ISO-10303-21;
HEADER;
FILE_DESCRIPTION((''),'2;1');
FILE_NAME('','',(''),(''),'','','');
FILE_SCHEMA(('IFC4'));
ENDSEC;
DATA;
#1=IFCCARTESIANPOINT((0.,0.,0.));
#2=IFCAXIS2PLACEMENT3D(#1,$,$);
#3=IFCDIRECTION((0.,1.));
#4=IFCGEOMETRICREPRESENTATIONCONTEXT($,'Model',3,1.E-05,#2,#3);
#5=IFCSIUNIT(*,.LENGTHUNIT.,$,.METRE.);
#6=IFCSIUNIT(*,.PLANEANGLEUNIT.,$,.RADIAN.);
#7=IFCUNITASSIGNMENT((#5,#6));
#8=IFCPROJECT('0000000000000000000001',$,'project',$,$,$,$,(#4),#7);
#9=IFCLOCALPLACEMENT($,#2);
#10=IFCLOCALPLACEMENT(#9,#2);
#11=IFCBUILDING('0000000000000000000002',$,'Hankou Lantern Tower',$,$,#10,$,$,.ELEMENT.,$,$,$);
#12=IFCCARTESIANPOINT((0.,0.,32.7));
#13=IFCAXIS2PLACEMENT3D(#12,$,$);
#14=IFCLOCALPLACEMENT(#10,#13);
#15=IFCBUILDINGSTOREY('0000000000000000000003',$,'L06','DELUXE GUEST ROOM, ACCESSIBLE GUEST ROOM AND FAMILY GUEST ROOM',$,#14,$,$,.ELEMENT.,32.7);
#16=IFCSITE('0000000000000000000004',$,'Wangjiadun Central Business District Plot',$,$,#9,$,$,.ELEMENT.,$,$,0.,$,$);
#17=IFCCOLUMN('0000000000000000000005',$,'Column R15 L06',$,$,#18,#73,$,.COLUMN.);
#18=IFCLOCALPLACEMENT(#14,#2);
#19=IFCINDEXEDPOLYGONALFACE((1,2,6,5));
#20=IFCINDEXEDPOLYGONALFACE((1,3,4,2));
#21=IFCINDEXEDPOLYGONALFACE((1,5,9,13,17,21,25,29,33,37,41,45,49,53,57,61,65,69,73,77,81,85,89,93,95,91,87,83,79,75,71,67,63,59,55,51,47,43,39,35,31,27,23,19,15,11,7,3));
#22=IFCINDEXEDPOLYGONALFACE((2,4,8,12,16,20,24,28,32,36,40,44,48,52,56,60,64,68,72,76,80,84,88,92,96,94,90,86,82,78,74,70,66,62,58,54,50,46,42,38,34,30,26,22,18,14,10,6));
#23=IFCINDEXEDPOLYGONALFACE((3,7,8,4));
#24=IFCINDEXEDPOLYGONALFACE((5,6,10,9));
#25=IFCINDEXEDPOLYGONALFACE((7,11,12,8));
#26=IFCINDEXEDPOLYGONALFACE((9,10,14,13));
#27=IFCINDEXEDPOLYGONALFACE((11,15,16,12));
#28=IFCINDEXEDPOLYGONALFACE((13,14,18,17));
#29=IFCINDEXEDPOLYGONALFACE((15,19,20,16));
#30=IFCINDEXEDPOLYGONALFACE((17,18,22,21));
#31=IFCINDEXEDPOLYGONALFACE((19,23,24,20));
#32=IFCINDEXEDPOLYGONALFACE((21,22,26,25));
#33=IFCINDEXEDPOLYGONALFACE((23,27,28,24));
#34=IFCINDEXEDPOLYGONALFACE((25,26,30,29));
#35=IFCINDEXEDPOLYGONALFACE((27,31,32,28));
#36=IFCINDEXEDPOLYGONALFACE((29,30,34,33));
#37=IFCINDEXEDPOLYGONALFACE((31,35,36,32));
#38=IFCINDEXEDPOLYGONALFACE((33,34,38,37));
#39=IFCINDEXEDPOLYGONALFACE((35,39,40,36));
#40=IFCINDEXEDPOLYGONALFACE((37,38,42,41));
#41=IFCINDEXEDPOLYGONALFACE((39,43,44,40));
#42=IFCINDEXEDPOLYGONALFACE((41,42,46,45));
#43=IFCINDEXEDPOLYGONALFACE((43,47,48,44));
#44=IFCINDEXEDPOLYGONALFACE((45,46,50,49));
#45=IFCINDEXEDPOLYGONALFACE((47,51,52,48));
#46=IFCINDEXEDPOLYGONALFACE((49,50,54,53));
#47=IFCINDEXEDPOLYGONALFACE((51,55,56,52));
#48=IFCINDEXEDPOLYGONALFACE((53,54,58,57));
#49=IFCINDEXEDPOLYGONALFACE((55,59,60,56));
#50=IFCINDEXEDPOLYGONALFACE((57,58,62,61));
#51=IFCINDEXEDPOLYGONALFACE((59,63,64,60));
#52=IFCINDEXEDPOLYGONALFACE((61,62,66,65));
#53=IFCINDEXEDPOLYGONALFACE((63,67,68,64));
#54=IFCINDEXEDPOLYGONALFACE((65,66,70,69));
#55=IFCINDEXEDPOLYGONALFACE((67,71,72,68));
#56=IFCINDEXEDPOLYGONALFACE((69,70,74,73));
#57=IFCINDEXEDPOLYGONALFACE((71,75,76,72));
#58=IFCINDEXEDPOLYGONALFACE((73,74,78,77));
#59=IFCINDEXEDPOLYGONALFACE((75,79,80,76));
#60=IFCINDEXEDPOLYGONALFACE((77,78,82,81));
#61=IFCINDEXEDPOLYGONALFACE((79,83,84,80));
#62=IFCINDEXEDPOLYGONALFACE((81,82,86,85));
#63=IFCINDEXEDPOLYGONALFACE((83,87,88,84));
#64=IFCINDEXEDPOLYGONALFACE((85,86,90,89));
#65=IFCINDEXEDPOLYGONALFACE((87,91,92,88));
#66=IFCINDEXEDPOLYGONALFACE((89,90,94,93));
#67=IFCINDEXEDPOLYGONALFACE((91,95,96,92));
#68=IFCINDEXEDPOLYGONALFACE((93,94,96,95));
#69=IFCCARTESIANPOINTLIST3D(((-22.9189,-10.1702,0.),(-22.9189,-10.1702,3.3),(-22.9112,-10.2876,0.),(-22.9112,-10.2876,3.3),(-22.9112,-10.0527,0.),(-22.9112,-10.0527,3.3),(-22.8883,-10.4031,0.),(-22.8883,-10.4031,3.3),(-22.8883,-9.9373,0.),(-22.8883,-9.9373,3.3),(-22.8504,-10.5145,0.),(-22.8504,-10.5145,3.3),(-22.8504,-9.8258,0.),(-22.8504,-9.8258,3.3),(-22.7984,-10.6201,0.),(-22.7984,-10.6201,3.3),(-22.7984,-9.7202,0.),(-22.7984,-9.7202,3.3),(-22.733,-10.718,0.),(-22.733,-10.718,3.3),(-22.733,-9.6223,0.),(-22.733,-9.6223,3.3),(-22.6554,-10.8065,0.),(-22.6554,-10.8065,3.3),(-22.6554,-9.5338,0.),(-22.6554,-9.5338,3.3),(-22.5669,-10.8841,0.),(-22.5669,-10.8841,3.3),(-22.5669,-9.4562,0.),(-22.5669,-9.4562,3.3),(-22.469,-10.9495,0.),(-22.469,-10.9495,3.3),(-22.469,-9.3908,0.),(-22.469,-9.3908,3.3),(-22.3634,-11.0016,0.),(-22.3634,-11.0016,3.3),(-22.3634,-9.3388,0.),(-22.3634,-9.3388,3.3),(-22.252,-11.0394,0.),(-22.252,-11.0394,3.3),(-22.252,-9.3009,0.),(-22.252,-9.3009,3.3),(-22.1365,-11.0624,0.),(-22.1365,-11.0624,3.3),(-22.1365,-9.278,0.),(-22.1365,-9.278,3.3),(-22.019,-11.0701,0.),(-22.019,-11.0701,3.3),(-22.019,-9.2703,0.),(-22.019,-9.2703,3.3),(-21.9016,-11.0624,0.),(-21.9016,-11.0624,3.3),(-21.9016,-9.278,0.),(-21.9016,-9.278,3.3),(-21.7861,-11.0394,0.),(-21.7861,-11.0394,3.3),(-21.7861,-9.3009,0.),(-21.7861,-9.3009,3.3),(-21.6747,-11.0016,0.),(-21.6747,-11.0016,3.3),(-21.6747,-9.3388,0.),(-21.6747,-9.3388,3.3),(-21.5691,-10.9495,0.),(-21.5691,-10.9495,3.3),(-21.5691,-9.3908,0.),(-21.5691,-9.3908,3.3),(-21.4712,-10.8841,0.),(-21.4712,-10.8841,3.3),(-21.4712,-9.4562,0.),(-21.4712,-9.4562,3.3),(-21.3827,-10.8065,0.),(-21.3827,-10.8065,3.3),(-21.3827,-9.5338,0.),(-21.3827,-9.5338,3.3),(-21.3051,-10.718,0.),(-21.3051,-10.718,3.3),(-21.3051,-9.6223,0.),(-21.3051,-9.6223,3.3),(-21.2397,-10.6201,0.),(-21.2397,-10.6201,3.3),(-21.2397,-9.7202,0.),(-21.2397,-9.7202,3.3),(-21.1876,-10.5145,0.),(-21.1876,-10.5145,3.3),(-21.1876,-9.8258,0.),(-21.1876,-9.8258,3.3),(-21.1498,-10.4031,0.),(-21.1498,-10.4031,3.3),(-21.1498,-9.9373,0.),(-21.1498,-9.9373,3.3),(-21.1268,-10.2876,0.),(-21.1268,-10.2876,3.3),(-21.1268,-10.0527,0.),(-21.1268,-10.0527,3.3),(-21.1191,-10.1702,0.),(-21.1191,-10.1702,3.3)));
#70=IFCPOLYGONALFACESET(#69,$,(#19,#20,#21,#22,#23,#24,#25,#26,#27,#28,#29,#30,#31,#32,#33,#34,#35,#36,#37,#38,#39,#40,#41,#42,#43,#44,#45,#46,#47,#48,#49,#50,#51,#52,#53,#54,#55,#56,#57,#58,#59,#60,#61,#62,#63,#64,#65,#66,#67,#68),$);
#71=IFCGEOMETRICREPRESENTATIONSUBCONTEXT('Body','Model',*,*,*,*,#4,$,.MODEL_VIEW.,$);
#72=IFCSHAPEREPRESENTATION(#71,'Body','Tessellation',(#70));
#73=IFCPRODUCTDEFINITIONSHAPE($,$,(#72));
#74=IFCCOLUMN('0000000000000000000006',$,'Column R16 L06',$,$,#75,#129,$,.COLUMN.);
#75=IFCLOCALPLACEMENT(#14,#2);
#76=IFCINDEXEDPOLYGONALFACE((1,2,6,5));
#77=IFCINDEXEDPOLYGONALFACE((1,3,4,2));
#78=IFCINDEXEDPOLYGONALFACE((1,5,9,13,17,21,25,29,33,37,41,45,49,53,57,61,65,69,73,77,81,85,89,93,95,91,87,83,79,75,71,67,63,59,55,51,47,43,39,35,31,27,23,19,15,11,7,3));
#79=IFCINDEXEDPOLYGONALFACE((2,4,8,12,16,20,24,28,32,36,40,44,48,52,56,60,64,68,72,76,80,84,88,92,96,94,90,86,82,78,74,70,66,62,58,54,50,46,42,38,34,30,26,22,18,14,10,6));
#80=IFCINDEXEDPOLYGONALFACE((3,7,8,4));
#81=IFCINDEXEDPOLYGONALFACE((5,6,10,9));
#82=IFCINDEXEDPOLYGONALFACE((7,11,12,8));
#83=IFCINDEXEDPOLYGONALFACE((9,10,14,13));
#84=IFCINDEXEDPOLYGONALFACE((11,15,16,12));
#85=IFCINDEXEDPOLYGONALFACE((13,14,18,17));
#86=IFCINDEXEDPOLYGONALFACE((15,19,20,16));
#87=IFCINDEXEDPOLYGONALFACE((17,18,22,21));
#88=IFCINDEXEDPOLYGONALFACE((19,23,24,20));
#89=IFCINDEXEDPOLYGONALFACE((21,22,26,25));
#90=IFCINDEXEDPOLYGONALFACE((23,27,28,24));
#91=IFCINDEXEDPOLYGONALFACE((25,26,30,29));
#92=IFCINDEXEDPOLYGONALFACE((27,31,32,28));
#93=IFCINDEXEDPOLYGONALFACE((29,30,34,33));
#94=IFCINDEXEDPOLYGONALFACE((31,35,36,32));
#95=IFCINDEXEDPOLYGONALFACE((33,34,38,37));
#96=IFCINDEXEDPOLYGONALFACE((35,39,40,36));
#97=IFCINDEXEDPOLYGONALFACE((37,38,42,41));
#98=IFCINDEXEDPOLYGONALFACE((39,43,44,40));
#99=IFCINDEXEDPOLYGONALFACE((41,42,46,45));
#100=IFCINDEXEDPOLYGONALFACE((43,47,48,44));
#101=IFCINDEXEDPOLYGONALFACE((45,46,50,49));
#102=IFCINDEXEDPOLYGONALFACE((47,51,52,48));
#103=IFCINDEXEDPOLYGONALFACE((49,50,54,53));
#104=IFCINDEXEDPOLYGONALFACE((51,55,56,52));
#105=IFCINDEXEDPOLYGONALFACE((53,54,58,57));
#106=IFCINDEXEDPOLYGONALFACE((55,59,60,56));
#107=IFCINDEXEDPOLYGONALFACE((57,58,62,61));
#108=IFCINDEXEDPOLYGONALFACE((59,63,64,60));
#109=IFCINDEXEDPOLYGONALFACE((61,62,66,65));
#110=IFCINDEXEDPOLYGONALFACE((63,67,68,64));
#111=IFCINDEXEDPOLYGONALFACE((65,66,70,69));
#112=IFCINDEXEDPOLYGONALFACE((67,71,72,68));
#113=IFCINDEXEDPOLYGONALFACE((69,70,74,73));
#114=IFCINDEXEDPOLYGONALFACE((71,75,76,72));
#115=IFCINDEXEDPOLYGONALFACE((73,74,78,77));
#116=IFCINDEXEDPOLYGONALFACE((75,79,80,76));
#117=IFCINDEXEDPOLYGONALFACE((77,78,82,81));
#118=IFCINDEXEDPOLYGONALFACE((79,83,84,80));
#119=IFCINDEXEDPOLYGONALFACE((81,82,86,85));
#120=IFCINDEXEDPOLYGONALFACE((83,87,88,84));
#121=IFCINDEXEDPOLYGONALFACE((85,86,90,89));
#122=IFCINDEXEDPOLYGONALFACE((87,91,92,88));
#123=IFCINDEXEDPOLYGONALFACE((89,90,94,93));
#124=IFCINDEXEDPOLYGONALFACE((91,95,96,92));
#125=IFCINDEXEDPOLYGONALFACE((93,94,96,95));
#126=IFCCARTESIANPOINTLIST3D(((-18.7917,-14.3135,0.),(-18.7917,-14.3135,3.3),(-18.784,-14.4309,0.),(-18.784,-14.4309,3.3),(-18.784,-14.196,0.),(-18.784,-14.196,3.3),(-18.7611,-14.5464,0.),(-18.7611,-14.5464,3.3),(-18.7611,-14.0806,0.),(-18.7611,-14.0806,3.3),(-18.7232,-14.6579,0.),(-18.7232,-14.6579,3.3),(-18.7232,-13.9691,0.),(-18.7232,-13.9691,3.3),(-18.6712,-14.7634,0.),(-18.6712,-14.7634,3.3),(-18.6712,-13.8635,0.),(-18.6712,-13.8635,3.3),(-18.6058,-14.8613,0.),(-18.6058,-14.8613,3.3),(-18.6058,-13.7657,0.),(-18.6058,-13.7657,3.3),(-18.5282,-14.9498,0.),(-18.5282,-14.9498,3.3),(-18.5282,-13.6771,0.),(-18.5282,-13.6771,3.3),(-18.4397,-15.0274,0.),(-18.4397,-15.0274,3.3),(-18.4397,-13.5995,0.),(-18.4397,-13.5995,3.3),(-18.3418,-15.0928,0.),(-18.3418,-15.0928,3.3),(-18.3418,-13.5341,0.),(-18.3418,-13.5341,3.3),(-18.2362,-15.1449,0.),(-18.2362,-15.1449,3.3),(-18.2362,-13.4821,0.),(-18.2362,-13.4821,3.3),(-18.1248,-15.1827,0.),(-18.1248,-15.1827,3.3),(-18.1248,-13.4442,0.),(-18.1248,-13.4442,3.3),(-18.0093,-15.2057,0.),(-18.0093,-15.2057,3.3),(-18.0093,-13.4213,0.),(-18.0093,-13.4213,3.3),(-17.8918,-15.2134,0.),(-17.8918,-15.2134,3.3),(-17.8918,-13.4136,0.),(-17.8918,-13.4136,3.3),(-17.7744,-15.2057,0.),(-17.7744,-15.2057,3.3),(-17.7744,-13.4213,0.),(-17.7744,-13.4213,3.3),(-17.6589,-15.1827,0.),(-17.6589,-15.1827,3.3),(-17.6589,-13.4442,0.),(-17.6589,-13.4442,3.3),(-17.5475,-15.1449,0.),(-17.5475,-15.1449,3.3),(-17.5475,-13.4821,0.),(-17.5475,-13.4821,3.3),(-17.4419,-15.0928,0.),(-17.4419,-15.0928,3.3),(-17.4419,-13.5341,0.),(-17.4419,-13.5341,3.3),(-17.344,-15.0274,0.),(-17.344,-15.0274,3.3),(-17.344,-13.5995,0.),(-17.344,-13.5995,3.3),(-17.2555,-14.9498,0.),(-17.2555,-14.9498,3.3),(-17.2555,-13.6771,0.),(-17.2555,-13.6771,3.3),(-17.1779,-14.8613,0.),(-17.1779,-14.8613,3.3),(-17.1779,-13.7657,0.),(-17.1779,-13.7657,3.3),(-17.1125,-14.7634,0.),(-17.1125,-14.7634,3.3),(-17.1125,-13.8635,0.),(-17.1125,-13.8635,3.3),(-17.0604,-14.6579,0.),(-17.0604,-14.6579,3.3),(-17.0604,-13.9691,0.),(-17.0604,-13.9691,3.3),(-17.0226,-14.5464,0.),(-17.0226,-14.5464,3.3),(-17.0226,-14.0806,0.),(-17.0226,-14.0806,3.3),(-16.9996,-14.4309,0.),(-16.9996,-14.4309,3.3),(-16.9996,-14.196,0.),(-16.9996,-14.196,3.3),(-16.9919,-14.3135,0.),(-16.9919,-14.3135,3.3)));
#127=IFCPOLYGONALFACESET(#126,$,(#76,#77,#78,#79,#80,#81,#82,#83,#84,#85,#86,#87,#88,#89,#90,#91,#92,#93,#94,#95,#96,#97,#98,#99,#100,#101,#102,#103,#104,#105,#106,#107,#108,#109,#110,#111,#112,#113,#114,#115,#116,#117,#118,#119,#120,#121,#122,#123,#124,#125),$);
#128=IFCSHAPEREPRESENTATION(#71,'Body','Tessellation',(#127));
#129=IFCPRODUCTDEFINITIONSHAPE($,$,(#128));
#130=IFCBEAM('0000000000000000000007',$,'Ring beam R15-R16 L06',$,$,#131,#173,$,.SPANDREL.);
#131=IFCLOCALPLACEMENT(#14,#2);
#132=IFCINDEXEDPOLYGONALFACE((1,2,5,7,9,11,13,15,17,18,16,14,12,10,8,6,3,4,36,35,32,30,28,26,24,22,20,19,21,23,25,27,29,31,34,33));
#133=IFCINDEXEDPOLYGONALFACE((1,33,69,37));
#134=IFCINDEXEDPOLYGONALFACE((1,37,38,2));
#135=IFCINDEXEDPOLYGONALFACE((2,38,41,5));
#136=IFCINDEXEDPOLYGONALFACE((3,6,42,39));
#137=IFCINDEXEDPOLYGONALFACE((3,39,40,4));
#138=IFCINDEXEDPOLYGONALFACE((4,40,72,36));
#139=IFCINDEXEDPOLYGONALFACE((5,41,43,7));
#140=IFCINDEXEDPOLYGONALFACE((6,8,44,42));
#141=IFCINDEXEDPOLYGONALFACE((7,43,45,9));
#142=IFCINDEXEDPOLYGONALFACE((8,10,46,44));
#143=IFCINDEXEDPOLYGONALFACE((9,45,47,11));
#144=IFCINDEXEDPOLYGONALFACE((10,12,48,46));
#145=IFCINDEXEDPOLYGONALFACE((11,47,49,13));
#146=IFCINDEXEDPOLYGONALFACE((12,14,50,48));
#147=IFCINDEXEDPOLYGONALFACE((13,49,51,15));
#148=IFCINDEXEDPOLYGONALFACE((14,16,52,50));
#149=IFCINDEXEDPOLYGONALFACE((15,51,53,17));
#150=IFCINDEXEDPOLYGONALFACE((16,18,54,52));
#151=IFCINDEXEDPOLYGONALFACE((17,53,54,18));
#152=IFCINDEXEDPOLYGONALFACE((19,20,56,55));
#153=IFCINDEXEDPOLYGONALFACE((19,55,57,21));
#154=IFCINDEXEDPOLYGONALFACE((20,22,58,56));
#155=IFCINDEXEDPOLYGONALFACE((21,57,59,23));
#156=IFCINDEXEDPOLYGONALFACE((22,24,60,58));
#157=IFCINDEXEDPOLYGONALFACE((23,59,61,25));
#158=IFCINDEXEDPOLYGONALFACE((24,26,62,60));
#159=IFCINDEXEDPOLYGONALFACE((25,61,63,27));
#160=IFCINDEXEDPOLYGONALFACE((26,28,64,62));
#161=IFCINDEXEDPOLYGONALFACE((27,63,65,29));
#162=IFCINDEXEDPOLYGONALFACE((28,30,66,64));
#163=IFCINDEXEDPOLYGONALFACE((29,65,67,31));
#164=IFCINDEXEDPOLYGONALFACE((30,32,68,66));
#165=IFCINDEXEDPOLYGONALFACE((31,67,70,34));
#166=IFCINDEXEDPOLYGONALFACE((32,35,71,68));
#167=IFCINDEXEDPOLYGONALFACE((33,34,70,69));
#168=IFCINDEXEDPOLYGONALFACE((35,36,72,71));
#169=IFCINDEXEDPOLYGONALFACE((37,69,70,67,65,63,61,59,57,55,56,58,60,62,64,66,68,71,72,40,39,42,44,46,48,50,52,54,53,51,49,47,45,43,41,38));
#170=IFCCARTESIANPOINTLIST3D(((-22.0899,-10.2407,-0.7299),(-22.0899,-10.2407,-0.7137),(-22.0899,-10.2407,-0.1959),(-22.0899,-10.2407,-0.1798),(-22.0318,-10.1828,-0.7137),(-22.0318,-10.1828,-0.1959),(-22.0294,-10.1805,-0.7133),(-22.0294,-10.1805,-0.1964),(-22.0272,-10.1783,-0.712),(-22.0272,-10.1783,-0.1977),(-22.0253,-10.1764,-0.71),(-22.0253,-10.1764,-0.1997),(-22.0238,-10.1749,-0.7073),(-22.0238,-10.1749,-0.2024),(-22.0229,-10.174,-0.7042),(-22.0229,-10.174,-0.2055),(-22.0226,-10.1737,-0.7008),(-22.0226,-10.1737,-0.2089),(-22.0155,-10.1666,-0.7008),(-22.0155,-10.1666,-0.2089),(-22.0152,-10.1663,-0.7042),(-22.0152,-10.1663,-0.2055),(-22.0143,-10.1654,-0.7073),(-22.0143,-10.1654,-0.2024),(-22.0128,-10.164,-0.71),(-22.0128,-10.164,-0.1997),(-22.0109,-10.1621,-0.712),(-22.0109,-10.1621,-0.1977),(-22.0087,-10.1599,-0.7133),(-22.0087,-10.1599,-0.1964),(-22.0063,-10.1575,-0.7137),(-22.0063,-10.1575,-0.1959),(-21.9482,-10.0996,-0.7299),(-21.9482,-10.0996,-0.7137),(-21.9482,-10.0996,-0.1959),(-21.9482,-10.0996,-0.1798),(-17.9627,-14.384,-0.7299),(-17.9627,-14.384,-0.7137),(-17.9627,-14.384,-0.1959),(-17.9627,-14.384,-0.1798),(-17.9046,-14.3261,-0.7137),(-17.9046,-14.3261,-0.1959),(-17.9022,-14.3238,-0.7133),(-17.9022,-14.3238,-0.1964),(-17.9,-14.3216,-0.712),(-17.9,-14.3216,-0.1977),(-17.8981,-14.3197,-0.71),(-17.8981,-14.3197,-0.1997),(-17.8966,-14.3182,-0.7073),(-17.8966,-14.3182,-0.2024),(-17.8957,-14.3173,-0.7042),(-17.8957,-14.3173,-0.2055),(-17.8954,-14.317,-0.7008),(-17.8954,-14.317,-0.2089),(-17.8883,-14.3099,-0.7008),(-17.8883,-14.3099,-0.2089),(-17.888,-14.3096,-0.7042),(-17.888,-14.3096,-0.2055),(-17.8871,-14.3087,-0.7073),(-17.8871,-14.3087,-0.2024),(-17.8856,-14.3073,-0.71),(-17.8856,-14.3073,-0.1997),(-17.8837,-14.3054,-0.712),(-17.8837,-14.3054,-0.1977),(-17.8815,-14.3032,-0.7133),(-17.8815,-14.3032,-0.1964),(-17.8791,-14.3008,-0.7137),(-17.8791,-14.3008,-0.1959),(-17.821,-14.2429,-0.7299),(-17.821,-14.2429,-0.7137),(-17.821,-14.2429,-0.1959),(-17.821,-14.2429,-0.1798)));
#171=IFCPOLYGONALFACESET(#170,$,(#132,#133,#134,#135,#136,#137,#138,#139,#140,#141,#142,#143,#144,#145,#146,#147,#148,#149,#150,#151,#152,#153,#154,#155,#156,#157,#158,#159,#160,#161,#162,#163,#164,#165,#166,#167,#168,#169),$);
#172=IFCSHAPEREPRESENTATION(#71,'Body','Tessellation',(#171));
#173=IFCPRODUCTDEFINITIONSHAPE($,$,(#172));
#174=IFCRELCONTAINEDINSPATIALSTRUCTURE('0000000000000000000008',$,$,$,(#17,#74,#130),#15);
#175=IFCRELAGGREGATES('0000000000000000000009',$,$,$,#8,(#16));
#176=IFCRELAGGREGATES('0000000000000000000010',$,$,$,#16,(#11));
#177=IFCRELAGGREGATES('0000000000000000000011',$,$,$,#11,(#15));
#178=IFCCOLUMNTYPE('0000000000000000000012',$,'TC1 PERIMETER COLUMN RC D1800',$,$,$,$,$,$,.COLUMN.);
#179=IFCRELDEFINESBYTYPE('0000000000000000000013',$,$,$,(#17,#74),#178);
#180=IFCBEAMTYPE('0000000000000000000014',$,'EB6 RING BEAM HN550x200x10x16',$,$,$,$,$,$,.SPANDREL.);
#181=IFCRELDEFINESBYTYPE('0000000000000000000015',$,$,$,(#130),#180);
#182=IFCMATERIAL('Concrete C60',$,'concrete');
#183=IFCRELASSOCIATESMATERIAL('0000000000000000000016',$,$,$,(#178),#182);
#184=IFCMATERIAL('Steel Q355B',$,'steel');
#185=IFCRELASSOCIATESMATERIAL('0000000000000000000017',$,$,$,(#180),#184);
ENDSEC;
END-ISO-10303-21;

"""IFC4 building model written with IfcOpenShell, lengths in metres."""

from ifc_helpers import new_model, si_unit, direction, frame, origin, origin_2d, place, context, subcontext, project, spatial, circle, i_section, extrude, material, material_profile, profile_set, type_object, element, save


model = new_model("IFC4")

# Units and contexts
model_context = context("Model", 3, precision=1e-05, world=origin(), true_north=direction((0.0, 1.0)))
body_context = subcontext(model_context, "Body", "Model", "MODEL_VIEW")
ifc_project = project(units=[si_unit("LENGTHUNIT", "METRE"), si_unit("PLANEANGLEUNIT", "RADIAN")], contexts=[model_context])

# Site, building, storey
site_placement = place(None, origin())
site = spatial("IfcSite", under=ifc_project, at=site_placement, Name="Wangjiadun Central Business District Plot", CompositionType="ELEMENT", RefElevation=0.0)
building_placement = place(site_placement, origin())
building = spatial("IfcBuilding", under=site, at=building_placement, Name="Hankou Lantern Tower", CompositionType="ELEMENT")
storey_placement = place(building_placement, frame((0.0, 0.0, 32.7)))
storey = spatial("IfcBuildingStorey", under=building, at=storey_placement, Name="L06", Description="DELUXE GUEST ROOM, ACCESSIBLE GUEST ROOM AND FAMILY GUEST ROOM", CompositionType="ELEMENT", Elevation=32.7)

# Columns
ifc_material_1 = material(Name="Concrete C60", Category="concrete")
ifc_material_profile_1 = material_profile(ifc_material_1, circle(Radius=0.8999, at=origin_2d()), Name="RC D1800")
ifc_profile_set_1 = profile_set([ifc_material_profile_1], Name="Concrete C60")
column_type = type_object("IfcColumnType", Name="TC1 PERIMETER COLUMN RC D1800", PredefinedType="COLUMN", material=ifc_profile_set_1)
for number, where, z_axis, x_axis, name in (
    (1, (-22.019, -10.1702, 0.0), (0.0, 0.0, 1.0), (1.0, 0.0, 0.0), "Column R15 L06"),
    (2, (-17.8918, -14.3135, 0.0), (0.0, 0.0, 1.0), (1.0, 0.0, 0.0), "Column R16 L06"),
):
    element("IfcColumn", number, at=place(storey_placement, frame(where, z_axis=z_axis, x_axis=x_axis)), inside=storey, type_object=column_type, Name=name, PredefinedType="COLUMN", context=body_context, shape_type="SweptSolid", body=[
        extrude(circle(Radius=0.8999, at=origin_2d()), origin(), (0.0, 0.0, 1.0), 3.3),
    ])

# Beam
ifc_material_2 = material(Name="Steel Q355B", Category="steel")
ifc_material_profile_2 = material_profile(ifc_material_2, i_section(OverallWidth=0.2, OverallDepth=0.55, WebThickness=0.01, FlangeThickness=0.0161, FilletRadius=0.0129, at=origin_2d()), Name="HN550x200x10x16")
ifc_profile_set_2 = profile_set([ifc_material_profile_2], Name="Steel Q355B")
beam_type_1 = type_object("IfcBeamType", Name="EB6 RING BEAM HN550x200x10x16", PredefinedType="SPANDREL", material=ifc_profile_set_2)
beam_1_placement = place(storey_placement, frame((-22.019, -10.1702, -0.4548), z_axis=(0.705728, -0.708483, 0.0), x_axis=(0.708483, 0.705728, 0.0)))
element("IfcBeam", 3, at=beam_1_placement, inside=storey, type_object=beam_type_1, Name="Ring beam R15-R16 L06", PredefinedType="SPANDREL", context=body_context, shape_type="SweptSolid", body=[
    extrude(i_section(OverallWidth=0.2, OverallDepth=0.55, WebThickness=0.01, FlangeThickness=0.0161, FilletRadius=0.0129, at=origin_2d()), origin(), (0.0, 0.0, 1.0), 5.8481),
])

save(model, "model.ifc")
